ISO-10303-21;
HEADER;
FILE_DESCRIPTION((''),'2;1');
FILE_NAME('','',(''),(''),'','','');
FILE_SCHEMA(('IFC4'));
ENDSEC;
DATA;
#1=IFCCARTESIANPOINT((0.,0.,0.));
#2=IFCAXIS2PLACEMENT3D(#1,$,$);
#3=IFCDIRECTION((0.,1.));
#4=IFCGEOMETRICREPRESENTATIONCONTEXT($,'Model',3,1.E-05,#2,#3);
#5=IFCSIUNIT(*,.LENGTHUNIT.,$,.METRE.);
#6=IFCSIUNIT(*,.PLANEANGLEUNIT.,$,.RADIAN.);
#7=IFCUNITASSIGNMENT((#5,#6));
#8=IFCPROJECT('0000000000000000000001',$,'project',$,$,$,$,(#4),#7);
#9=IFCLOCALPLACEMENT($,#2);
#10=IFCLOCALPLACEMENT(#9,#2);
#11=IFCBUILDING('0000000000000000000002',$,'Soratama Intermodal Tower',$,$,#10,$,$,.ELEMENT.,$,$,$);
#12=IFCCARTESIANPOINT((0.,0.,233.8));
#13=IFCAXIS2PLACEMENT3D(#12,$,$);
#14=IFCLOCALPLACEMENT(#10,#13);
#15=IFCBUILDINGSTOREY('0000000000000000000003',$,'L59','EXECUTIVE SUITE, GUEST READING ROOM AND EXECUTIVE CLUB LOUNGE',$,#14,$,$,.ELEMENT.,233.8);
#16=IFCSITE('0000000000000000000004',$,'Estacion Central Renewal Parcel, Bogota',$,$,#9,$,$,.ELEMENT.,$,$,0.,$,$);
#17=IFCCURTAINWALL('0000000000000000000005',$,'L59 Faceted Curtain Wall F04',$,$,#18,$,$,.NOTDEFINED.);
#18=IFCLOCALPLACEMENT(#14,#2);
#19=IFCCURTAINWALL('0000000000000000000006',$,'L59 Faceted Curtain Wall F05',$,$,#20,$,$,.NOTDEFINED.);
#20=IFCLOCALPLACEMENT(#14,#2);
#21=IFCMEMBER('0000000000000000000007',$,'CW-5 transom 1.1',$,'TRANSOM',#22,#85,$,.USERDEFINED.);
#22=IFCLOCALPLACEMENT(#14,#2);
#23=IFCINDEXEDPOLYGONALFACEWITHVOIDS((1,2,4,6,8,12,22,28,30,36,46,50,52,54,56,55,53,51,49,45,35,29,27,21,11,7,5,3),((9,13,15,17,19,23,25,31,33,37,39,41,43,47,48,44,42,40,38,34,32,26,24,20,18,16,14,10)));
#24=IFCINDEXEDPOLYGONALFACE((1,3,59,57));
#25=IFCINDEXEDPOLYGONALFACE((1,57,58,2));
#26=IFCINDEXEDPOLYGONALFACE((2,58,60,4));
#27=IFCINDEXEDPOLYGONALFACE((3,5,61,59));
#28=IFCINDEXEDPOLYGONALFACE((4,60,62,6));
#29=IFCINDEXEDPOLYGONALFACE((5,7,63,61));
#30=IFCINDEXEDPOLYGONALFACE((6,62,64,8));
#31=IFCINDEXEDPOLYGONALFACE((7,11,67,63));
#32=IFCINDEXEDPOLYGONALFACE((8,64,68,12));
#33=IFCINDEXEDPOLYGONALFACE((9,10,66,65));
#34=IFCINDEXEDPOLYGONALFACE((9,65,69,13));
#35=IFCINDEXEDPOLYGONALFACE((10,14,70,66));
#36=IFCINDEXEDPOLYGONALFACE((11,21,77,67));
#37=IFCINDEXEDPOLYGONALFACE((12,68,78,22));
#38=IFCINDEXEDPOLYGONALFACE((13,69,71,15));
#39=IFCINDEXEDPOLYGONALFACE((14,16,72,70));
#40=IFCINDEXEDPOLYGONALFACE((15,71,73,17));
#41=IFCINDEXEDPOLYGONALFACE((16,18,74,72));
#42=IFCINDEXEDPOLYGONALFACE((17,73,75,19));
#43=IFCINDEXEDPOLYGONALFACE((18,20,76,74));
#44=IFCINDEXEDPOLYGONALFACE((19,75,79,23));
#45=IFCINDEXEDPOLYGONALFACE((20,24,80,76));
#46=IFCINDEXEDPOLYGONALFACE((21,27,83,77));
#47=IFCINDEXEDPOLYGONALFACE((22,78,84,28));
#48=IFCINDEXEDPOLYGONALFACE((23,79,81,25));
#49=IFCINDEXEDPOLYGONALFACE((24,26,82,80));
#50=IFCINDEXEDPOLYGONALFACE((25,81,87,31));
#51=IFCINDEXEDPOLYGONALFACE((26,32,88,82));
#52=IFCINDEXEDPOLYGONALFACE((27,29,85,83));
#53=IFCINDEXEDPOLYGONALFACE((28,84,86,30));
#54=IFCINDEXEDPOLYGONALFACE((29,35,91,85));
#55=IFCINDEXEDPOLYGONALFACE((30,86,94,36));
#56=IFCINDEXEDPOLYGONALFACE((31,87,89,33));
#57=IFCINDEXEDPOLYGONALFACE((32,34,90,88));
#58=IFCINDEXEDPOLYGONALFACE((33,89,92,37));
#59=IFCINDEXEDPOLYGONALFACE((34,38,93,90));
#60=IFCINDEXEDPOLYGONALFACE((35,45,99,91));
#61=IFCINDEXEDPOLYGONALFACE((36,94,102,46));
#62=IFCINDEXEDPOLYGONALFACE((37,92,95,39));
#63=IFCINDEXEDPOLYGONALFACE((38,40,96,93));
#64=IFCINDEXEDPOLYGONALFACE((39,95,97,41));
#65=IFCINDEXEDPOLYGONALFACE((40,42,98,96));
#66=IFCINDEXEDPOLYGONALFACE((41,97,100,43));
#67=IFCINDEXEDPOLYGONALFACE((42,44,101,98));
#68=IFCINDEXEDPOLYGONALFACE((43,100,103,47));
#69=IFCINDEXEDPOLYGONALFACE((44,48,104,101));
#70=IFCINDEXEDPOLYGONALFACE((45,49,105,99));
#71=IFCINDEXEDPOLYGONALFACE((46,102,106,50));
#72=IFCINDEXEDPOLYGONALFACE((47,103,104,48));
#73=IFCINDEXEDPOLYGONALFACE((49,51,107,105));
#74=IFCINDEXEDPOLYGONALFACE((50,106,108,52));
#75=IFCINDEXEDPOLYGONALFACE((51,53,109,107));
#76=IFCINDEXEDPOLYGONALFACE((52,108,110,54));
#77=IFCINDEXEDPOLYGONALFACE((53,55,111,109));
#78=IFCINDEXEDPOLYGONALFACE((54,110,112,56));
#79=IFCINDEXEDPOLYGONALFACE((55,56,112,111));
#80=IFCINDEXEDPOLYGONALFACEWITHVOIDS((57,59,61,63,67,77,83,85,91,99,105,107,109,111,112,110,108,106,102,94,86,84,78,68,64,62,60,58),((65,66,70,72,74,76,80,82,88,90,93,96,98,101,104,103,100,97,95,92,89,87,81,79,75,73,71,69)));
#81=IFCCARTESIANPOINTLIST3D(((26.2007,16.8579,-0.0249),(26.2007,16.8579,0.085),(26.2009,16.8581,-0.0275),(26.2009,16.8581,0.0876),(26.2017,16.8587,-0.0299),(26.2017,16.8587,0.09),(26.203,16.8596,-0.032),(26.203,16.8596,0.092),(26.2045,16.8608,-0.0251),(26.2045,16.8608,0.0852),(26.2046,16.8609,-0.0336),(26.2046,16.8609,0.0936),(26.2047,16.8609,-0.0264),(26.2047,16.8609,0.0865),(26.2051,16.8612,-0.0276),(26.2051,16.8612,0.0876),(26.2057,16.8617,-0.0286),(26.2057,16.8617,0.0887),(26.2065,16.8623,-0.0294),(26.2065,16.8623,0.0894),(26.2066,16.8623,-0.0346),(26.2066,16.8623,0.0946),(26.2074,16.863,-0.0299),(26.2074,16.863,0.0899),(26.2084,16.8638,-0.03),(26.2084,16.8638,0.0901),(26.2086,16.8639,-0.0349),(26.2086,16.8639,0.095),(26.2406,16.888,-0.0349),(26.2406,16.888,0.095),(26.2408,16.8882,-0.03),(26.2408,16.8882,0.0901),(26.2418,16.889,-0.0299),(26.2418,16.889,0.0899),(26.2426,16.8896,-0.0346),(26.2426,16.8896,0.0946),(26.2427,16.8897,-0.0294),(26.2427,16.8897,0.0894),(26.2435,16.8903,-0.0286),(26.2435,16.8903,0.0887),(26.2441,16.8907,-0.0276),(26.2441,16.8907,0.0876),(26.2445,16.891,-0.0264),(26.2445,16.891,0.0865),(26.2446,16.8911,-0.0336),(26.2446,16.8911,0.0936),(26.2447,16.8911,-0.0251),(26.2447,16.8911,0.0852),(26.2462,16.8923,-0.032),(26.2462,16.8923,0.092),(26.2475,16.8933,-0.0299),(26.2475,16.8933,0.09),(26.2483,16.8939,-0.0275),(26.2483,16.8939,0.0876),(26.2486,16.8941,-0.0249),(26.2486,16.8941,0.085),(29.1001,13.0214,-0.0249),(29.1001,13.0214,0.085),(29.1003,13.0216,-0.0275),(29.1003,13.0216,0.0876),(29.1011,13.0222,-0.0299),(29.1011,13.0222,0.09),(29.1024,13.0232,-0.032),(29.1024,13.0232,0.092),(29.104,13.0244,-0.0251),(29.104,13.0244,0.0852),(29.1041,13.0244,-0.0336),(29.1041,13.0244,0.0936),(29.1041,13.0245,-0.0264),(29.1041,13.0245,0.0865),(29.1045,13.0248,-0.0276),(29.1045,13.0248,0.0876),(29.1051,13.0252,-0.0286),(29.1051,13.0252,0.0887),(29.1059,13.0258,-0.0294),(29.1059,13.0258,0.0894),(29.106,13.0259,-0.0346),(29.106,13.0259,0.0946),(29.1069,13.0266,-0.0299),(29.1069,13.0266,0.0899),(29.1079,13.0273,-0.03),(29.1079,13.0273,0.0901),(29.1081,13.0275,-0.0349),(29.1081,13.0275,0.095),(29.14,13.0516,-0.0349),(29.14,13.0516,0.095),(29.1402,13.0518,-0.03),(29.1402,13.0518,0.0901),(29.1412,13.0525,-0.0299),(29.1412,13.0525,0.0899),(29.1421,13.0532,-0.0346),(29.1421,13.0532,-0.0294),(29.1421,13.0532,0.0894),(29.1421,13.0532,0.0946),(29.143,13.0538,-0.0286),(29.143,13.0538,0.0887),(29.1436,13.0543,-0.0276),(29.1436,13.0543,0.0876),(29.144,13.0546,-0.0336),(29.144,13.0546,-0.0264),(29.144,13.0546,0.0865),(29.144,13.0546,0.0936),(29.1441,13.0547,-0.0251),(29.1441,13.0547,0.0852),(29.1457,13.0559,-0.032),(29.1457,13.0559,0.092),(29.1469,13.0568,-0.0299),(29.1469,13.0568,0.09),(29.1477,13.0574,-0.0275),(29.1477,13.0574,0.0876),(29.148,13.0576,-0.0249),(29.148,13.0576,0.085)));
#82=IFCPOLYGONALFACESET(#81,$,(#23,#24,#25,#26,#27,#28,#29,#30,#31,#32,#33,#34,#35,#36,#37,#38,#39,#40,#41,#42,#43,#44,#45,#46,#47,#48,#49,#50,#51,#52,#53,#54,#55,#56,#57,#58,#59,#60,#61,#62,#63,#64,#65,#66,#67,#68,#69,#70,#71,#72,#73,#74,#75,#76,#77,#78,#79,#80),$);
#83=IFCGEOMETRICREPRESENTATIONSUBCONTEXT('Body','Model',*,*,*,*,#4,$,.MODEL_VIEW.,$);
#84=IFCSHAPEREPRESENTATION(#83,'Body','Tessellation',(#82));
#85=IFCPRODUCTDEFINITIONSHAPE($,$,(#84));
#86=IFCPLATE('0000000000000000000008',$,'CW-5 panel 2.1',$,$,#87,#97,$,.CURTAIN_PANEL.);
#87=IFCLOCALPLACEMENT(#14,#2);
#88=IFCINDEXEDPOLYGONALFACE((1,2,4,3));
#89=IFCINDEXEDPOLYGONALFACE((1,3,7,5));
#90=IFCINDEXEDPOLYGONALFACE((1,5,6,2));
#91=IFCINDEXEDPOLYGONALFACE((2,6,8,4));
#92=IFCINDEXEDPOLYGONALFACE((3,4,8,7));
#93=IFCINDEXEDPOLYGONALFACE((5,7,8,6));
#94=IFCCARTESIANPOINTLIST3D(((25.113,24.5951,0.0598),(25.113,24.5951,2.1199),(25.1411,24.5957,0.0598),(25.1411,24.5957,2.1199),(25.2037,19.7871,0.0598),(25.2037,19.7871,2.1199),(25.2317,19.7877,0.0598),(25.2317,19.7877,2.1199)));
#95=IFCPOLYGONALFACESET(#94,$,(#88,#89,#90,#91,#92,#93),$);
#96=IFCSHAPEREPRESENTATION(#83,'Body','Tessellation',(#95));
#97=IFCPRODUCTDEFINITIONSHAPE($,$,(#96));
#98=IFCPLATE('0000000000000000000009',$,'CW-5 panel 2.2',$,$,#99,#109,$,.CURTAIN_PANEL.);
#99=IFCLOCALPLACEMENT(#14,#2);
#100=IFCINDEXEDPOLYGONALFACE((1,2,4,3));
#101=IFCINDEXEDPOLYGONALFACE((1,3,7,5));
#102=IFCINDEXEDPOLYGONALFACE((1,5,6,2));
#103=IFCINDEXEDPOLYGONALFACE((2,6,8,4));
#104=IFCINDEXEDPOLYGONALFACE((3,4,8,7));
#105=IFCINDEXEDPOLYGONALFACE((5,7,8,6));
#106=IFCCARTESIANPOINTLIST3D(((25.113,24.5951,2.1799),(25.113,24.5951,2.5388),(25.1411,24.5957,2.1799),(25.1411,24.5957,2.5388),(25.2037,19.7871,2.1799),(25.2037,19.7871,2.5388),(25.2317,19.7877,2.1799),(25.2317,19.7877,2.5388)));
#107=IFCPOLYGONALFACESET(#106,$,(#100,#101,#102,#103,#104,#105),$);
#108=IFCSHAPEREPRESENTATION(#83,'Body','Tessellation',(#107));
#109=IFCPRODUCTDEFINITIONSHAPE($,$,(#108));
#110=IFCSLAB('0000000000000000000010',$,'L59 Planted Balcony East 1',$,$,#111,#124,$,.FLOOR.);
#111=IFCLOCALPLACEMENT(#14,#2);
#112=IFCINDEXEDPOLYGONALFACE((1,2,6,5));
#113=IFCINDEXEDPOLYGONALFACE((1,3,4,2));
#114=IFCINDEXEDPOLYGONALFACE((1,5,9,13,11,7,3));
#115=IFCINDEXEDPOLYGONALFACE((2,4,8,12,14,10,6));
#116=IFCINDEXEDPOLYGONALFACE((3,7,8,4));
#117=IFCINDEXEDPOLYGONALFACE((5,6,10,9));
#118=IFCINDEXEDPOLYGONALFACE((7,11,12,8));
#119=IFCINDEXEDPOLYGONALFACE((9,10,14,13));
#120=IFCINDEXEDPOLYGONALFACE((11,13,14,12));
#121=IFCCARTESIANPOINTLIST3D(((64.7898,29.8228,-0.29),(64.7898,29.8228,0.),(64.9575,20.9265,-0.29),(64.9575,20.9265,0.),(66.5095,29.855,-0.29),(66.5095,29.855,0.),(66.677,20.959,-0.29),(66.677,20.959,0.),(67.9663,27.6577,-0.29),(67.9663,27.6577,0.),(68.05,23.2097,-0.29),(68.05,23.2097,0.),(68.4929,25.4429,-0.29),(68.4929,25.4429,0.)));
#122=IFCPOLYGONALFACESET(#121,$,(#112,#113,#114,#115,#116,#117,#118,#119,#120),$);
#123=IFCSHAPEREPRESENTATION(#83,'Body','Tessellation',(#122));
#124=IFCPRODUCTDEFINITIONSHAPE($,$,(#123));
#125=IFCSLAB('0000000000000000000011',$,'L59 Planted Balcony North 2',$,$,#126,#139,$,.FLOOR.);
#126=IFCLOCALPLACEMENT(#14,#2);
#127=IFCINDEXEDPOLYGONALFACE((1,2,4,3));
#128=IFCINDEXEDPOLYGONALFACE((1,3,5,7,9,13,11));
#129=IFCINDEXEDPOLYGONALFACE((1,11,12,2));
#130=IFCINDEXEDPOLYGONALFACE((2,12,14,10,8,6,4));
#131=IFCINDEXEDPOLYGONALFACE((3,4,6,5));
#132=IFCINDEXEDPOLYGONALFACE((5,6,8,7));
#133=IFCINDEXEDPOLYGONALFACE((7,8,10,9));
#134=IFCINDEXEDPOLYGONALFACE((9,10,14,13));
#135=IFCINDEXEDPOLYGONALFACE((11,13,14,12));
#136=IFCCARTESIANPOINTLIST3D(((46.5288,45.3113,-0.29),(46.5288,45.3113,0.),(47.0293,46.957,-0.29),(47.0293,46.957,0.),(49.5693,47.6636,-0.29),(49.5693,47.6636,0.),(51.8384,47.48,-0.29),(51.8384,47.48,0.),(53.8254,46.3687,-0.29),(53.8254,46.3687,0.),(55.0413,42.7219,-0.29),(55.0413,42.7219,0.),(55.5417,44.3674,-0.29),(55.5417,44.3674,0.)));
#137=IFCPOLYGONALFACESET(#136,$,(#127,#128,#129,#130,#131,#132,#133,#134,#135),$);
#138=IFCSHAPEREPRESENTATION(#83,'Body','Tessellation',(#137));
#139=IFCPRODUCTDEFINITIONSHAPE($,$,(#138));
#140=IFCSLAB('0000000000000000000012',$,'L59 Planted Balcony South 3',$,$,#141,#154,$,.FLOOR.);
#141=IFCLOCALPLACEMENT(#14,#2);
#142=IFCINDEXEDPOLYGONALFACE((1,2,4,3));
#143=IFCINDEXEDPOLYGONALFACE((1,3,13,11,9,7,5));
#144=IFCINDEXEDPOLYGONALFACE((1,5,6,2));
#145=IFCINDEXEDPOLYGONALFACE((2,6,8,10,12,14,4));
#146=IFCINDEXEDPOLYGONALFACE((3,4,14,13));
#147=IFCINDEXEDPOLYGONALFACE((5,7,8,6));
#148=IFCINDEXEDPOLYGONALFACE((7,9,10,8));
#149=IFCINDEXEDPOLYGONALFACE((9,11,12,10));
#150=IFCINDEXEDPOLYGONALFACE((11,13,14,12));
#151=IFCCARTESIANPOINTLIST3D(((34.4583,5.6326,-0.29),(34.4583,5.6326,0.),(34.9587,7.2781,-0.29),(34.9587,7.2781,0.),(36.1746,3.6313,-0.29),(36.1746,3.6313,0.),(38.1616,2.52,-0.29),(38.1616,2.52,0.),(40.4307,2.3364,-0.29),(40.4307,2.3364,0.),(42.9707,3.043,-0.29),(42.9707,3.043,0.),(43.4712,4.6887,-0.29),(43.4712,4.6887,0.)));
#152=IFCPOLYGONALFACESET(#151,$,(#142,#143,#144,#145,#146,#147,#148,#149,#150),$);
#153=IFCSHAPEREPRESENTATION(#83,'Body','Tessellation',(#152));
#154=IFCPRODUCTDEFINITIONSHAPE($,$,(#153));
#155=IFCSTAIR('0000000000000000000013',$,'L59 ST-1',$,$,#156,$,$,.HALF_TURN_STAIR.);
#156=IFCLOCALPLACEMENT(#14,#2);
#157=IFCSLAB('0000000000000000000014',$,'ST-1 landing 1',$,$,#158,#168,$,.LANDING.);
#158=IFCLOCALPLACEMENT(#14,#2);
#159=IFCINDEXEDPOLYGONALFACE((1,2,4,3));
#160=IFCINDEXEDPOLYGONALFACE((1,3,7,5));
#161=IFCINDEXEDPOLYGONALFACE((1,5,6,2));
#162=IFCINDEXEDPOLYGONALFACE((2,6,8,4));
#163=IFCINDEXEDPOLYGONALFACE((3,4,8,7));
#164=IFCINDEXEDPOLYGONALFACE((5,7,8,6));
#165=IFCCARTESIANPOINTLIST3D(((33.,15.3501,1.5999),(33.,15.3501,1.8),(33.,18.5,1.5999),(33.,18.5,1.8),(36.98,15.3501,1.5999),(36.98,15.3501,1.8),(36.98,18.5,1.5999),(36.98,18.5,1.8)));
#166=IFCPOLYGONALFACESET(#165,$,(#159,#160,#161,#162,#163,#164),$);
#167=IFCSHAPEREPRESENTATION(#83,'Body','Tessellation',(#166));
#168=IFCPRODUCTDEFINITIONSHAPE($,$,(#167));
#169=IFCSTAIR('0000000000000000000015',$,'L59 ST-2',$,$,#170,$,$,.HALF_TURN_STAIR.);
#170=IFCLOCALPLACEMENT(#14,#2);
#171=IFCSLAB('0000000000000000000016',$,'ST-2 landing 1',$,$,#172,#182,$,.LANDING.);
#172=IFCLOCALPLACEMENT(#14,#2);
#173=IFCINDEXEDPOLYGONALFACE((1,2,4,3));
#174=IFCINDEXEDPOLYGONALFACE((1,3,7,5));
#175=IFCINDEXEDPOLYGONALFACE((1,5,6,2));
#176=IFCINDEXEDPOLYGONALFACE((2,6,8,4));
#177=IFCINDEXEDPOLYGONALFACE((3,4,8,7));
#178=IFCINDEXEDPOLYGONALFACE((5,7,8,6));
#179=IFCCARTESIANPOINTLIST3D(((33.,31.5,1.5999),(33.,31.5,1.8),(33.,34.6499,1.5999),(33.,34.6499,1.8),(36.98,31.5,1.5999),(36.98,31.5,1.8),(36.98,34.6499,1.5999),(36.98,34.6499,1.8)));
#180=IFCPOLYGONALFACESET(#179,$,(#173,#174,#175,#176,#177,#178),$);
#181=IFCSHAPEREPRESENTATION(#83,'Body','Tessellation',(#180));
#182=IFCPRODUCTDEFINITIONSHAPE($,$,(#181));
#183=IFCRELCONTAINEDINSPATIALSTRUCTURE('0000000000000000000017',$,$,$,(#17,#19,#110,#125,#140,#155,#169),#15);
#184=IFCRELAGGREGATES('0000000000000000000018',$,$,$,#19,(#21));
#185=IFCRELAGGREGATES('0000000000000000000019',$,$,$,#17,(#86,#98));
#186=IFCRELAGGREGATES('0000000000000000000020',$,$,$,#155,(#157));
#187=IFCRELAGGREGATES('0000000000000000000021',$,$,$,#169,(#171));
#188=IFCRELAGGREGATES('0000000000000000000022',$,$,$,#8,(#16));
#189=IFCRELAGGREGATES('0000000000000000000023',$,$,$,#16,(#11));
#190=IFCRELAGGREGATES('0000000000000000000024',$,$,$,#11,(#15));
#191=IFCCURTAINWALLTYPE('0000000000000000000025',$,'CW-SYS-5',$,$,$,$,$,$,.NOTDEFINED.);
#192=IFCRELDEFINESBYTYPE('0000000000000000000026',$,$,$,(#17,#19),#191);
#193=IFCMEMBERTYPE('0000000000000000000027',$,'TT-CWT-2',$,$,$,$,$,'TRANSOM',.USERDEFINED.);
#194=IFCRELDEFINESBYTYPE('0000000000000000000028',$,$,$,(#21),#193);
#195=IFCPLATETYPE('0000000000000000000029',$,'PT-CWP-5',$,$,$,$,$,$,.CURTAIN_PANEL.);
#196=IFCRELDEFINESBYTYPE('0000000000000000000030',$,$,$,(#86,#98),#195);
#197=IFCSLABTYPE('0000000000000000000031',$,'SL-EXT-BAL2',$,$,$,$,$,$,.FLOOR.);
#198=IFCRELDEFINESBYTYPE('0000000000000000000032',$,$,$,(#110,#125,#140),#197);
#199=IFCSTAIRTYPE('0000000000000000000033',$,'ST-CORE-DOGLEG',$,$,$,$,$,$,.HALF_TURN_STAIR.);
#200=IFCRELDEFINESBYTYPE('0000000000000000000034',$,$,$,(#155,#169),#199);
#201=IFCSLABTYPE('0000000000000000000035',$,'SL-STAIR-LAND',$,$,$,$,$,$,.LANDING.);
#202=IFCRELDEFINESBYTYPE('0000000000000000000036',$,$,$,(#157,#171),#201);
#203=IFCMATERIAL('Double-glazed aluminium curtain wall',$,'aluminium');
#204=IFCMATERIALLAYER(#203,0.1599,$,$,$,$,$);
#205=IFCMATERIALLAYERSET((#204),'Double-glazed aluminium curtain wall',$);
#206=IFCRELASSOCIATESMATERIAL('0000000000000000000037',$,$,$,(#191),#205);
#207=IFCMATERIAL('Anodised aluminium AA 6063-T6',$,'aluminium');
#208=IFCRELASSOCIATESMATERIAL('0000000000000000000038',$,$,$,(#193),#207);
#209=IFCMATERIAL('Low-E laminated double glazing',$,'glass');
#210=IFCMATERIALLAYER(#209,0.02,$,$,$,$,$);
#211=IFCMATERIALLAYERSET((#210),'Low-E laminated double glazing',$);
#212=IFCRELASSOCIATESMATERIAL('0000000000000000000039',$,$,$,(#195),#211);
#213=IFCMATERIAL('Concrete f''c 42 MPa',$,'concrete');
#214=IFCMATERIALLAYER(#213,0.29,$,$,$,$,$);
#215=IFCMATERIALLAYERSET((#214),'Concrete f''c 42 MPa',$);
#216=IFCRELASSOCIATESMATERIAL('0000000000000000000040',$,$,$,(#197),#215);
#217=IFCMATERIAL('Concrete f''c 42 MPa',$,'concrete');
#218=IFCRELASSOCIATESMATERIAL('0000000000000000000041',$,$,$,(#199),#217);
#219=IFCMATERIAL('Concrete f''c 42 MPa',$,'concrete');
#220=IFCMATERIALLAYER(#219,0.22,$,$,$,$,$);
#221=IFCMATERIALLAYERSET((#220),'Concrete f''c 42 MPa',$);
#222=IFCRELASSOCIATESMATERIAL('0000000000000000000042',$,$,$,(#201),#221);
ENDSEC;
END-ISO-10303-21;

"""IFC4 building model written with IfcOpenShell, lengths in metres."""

from ifc_helpers import new_model, si_unit, direction, frame, origin, origin_2d, place, context, subcontext, project, spatial, polyline, rectangle, hollow_rectangle, outline, extrude, material, layer, layer_set, material_profile, profile_set, type_object, element, aggregate, save


model = new_model("IFC4")

# Units and contexts
model_context = context("Model", 3, precision=1e-05, world=origin(), true_north=direction((0.0, 1.0)))
body_context = subcontext(model_context, "Body", "Model", "MODEL_VIEW")
ifc_project = project(units=[si_unit("LENGTHUNIT", "METRE"), si_unit("PLANEANGLEUNIT", "RADIAN")], contexts=[model_context])

# Site, building, storey
site_placement = place(None, origin())
site = spatial("IfcSite", under=ifc_project, at=site_placement, Name="Estacion Central Renewal Parcel, Bogota", CompositionType="ELEMENT", RefElevation=0.0)
building_placement = place(site_placement, origin())
building = spatial("IfcBuilding", under=site, at=building_placement, Name="Soratama Intermodal Tower", CompositionType="ELEMENT")
storey_placement = place(building_placement, frame((0.0, 0.0, 233.8)))
storey = spatial("IfcBuildingStorey", under=building, at=storey_placement, Name="L59", Description="EXECUTIVE SUITE, GUEST READING ROOM AND EXECUTIVE CLUB LOUNGE", CompositionType="ELEMENT", Elevation=233.8)

# Curtain walls
ifc_material_1 = material(Name="Double-glazed aluminium curtain wall", Category="aluminium")
ifc_layer_1 = layer(ifc_material_1, 0.1599)
ifc_layer_set_1 = layer_set([ifc_layer_1], Name="Double-glazed aluminium curtain wall")
curtain_wall_type = type_object("IfcCurtainWallType", Name="CW-SYS-5", PredefinedType="NOTDEFINED", material=ifc_layer_set_1)
curtain_wall_1_placement = place(storey_placement, origin())
curtain_wall_1 = element("IfcCurtainWall", 1, at=curtain_wall_1_placement, inside=storey, type_object=curtain_wall_type, Name="L59 Faceted Curtain Wall F04", PredefinedType="NOTDEFINED")
curtain_wall_2_placement = place(storey_placement, origin())
curtain_wall_2 = element("IfcCurtainWall", 2, at=curtain_wall_2_placement, inside=storey, type_object=curtain_wall_type, Name="L59 Faceted Curtain Wall F05", PredefinedType="NOTDEFINED")

# Member
ifc_material_2 = material(Name="Anodised aluminium AA 6063-T6", Category="aluminium")
ifc_material_profile_1 = material_profile(ifc_material_2, hollow_rectangle(XDim=0.0601, YDim=0.1299, WallThickness=0.0049, InnerFilletRadius=0.0049, OuterFilletRadius=0.01, at=origin_2d()), Name="CWT130X60X5")
ifc_profile_set_1 = profile_set([ifc_material_profile_1], Name="Anodised aluminium AA 6063-T6")
member_type_1 = type_object("IfcMemberType", Name="TT-CWT-2", ElementType="TRANSOM", PredefinedType="USERDEFINED", material=ifc_profile_set_1)
member_1_placement = place(storey_placement, frame((26.2246, 16.876, 0.03), z_axis=(0.602937, -0.797789, 0.0), x_axis=(0.797789, 0.602937, 0.0)))
member_1 = element("IfcMember", 3, at=member_1_placement, type_object=member_type_1, Name="CW-5 transom 1.1", ObjectType="TRANSOM", PredefinedType="USERDEFINED", context=body_context, shape_type="SweptSolid", body=[
    extrude(hollow_rectangle(XDim=0.0601, YDim=0.1299, WallThickness=0.0049, InnerFilletRadius=0.0049, OuterFilletRadius=0.01, at=origin_2d()), origin(), (0.0, 0.0, 1.0), 4.8088),
])
aggregate(curtain_wall_2, [member_1])

# Plates
ifc_material_3 = material(Name="Low-E laminated double glazing", Category="glass")
ifc_layer_2 = layer(ifc_material_3, 0.02)
ifc_layer_set_2 = layer_set([ifc_layer_2], Name="Low-E laminated double glazing")
plate_type = type_object("IfcPlateType", Name="PT-CWP-5", PredefinedType="CURTAIN_PANEL", material=ifc_layer_set_2)
plate_1_placement = place(storey_placement, frame((25.1724, 22.1914, 0.0598), z_axis=(0.0, 0.0, 1.0), x_axis=(0.018851, -0.999822, 0.0)))
plate_1 = element("IfcPlate", 4, at=plate_1_placement, type_object=plate_type, Name="CW-5 panel 2.1", PredefinedType="CURTAIN_PANEL", context=body_context, shape_type="SweptSolid", body=[
    extrude(rectangle(XDim=4.8088, YDim=0.0281, at=origin_2d()), origin(), (0.0, 0.0, 1.0), 2.0601),
])
plate_2_placement = place(storey_placement, frame((25.1724, 22.1914, 2.1799), z_axis=(0.0, 0.0, 1.0), x_axis=(0.018851, -0.999822, 0.0)))
plate_2 = element("IfcPlate", 5, at=plate_2_placement, type_object=plate_type, Name="CW-5 panel 2.2", PredefinedType="CURTAIN_PANEL", context=body_context, shape_type="SweptSolid", body=[
    extrude(rectangle(XDim=4.8088, YDim=0.0281, at=origin_2d()), origin(), (0.0, 0.0, 1.0), 0.3589),
])
aggregate(curtain_wall_1, [plate_1, plate_2])

# Slabs
ifc_material_4 = material(Name="Concrete f'c 42 MPa", Category="concrete")
ifc_layer_3 = layer(ifc_material_4, 0.29)
ifc_layer_set_3 = layer_set([ifc_layer_3], Name="Concrete f'c 42 MPa")
slab_type_1 = type_object("IfcSlabType", Name="SL-EXT-BAL2", PredefinedType="FLOOR", material=ifc_layer_set_3)
slab_1_placement = place(storey_placement, frame((0.0, 0.0, -0.29)))
element("IfcSlab", 6, at=slab_1_placement, inside=storey, type_object=slab_type_1, Name="L59 Planted Balcony East 1", PredefinedType="FLOOR", context=body_context, shape_type="SweptSolid", body=[
    extrude(outline(polyline([(64.9575, 20.9265), (64.7898, 29.8228), (66.5095, 29.855), (67.9663, 27.6577), (68.4929, 25.4429), (68.05, 23.2097), (66.677, 20.959), (64.9575, 20.9265)])), origin(), (0.0, 0.0, 1.0), 0.29),
])
slab_2_placement = place(storey_placement, frame((0.0, 0.0, -0.29)))
element("IfcSlab", 7, at=slab_2_placement, inside=storey, type_object=slab_type_1, Name="L59 Planted Balcony North 2", PredefinedType="FLOOR", context=body_context, shape_type="SweptSolid", body=[
    extrude(outline(polyline([(55.0413, 42.7219), (46.5288, 45.3113), (47.0293, 46.957), (49.5693, 47.6636), (51.8384, 47.48), (53.8254, 46.3687), (55.5417, 44.3674), (55.0413, 42.7219)])), origin(), (0.0, 0.0, 1.0), 0.29),
])
slab_3_placement = place(storey_placement, frame((0.0, 0.0, -0.29)))
element("IfcSlab", 8, at=slab_3_placement, inside=storey, type_object=slab_type_1, Name="L59 Planted Balcony South 3", PredefinedType="FLOOR", context=body_context, shape_type="SweptSolid", body=[
    extrude(outline(polyline([(34.9587, 7.2781), (43.4712, 4.6887), (42.9707, 3.043), (40.4307, 2.3364), (38.1616, 2.52), (36.1746, 3.6313), (34.4583, 5.6326), (34.9587, 7.2781)])), origin(), (0.0, 0.0, 1.0), 0.29),
])

# Stairs, slabs
ifc_material_5 = material(Name="Concrete f'c 42 MPa", Category="concrete")
stair_type = type_object("IfcStairType", Name="ST-CORE-DOGLEG", PredefinedType="HALF_TURN_STAIR", material=ifc_material_5)
stair_1_placement = place(storey_placement, origin())
stair_1 = element("IfcStair", 9, at=stair_1_placement, inside=storey, type_object=stair_type, Name="L59 ST-1", PredefinedType="HALF_TURN_STAIR")
ifc_material_6 = material(Name="Concrete f'c 42 MPa", Category="concrete")
ifc_layer_4 = layer(ifc_material_6, 0.22)
ifc_layer_set_4 = layer_set([ifc_layer_4], Name="Concrete f'c 42 MPa")
slab_type_2 = type_object("IfcSlabType", Name="SL-STAIR-LAND", PredefinedType="LANDING", material=ifc_layer_set_4)
slab_4_placement = place(storey_placement, frame((0.0, 0.0, 1.5999)))
slab_4 = element("IfcSlab", 10, at=slab_4_placement, type_object=slab_type_2, Name="ST-1 landing 1", PredefinedType="LANDING", context=body_context, shape_type="SweptSolid", body=[
    extrude(outline(polyline([(36.98, 18.5), (33.0, 18.5), (33.0, 15.3501), (36.98, 15.3501), (36.98, 18.5)])), origin(), (0.0, 0.0, 1.0), 0.2002),
])
aggregate(stair_1, [slab_4])
stair_2_placement = place(storey_placement, origin())
stair_2 = element("IfcStair", 11, at=stair_2_placement, inside=storey, type_object=stair_type, Name="L59 ST-2", PredefinedType="HALF_TURN_STAIR")
slab_5_placement = place(storey_placement, frame((0.0, 0.0, 1.5999)))
slab_5 = element("IfcSlab", 12, at=slab_5_placement, type_object=slab_type_2, Name="ST-2 landing 1", PredefinedType="LANDING", context=body_context, shape_type="SweptSolid", body=[
    extrude(outline(polyline([(36.98, 34.6499), (33.0, 34.6499), (33.0, 31.5), (36.98, 31.5), (36.98, 34.6499)])), origin(), (0.0, 0.0, 1.0), 0.2002),
])
aggregate(stair_2, [slab_5])

save(model, "model.ifc")
